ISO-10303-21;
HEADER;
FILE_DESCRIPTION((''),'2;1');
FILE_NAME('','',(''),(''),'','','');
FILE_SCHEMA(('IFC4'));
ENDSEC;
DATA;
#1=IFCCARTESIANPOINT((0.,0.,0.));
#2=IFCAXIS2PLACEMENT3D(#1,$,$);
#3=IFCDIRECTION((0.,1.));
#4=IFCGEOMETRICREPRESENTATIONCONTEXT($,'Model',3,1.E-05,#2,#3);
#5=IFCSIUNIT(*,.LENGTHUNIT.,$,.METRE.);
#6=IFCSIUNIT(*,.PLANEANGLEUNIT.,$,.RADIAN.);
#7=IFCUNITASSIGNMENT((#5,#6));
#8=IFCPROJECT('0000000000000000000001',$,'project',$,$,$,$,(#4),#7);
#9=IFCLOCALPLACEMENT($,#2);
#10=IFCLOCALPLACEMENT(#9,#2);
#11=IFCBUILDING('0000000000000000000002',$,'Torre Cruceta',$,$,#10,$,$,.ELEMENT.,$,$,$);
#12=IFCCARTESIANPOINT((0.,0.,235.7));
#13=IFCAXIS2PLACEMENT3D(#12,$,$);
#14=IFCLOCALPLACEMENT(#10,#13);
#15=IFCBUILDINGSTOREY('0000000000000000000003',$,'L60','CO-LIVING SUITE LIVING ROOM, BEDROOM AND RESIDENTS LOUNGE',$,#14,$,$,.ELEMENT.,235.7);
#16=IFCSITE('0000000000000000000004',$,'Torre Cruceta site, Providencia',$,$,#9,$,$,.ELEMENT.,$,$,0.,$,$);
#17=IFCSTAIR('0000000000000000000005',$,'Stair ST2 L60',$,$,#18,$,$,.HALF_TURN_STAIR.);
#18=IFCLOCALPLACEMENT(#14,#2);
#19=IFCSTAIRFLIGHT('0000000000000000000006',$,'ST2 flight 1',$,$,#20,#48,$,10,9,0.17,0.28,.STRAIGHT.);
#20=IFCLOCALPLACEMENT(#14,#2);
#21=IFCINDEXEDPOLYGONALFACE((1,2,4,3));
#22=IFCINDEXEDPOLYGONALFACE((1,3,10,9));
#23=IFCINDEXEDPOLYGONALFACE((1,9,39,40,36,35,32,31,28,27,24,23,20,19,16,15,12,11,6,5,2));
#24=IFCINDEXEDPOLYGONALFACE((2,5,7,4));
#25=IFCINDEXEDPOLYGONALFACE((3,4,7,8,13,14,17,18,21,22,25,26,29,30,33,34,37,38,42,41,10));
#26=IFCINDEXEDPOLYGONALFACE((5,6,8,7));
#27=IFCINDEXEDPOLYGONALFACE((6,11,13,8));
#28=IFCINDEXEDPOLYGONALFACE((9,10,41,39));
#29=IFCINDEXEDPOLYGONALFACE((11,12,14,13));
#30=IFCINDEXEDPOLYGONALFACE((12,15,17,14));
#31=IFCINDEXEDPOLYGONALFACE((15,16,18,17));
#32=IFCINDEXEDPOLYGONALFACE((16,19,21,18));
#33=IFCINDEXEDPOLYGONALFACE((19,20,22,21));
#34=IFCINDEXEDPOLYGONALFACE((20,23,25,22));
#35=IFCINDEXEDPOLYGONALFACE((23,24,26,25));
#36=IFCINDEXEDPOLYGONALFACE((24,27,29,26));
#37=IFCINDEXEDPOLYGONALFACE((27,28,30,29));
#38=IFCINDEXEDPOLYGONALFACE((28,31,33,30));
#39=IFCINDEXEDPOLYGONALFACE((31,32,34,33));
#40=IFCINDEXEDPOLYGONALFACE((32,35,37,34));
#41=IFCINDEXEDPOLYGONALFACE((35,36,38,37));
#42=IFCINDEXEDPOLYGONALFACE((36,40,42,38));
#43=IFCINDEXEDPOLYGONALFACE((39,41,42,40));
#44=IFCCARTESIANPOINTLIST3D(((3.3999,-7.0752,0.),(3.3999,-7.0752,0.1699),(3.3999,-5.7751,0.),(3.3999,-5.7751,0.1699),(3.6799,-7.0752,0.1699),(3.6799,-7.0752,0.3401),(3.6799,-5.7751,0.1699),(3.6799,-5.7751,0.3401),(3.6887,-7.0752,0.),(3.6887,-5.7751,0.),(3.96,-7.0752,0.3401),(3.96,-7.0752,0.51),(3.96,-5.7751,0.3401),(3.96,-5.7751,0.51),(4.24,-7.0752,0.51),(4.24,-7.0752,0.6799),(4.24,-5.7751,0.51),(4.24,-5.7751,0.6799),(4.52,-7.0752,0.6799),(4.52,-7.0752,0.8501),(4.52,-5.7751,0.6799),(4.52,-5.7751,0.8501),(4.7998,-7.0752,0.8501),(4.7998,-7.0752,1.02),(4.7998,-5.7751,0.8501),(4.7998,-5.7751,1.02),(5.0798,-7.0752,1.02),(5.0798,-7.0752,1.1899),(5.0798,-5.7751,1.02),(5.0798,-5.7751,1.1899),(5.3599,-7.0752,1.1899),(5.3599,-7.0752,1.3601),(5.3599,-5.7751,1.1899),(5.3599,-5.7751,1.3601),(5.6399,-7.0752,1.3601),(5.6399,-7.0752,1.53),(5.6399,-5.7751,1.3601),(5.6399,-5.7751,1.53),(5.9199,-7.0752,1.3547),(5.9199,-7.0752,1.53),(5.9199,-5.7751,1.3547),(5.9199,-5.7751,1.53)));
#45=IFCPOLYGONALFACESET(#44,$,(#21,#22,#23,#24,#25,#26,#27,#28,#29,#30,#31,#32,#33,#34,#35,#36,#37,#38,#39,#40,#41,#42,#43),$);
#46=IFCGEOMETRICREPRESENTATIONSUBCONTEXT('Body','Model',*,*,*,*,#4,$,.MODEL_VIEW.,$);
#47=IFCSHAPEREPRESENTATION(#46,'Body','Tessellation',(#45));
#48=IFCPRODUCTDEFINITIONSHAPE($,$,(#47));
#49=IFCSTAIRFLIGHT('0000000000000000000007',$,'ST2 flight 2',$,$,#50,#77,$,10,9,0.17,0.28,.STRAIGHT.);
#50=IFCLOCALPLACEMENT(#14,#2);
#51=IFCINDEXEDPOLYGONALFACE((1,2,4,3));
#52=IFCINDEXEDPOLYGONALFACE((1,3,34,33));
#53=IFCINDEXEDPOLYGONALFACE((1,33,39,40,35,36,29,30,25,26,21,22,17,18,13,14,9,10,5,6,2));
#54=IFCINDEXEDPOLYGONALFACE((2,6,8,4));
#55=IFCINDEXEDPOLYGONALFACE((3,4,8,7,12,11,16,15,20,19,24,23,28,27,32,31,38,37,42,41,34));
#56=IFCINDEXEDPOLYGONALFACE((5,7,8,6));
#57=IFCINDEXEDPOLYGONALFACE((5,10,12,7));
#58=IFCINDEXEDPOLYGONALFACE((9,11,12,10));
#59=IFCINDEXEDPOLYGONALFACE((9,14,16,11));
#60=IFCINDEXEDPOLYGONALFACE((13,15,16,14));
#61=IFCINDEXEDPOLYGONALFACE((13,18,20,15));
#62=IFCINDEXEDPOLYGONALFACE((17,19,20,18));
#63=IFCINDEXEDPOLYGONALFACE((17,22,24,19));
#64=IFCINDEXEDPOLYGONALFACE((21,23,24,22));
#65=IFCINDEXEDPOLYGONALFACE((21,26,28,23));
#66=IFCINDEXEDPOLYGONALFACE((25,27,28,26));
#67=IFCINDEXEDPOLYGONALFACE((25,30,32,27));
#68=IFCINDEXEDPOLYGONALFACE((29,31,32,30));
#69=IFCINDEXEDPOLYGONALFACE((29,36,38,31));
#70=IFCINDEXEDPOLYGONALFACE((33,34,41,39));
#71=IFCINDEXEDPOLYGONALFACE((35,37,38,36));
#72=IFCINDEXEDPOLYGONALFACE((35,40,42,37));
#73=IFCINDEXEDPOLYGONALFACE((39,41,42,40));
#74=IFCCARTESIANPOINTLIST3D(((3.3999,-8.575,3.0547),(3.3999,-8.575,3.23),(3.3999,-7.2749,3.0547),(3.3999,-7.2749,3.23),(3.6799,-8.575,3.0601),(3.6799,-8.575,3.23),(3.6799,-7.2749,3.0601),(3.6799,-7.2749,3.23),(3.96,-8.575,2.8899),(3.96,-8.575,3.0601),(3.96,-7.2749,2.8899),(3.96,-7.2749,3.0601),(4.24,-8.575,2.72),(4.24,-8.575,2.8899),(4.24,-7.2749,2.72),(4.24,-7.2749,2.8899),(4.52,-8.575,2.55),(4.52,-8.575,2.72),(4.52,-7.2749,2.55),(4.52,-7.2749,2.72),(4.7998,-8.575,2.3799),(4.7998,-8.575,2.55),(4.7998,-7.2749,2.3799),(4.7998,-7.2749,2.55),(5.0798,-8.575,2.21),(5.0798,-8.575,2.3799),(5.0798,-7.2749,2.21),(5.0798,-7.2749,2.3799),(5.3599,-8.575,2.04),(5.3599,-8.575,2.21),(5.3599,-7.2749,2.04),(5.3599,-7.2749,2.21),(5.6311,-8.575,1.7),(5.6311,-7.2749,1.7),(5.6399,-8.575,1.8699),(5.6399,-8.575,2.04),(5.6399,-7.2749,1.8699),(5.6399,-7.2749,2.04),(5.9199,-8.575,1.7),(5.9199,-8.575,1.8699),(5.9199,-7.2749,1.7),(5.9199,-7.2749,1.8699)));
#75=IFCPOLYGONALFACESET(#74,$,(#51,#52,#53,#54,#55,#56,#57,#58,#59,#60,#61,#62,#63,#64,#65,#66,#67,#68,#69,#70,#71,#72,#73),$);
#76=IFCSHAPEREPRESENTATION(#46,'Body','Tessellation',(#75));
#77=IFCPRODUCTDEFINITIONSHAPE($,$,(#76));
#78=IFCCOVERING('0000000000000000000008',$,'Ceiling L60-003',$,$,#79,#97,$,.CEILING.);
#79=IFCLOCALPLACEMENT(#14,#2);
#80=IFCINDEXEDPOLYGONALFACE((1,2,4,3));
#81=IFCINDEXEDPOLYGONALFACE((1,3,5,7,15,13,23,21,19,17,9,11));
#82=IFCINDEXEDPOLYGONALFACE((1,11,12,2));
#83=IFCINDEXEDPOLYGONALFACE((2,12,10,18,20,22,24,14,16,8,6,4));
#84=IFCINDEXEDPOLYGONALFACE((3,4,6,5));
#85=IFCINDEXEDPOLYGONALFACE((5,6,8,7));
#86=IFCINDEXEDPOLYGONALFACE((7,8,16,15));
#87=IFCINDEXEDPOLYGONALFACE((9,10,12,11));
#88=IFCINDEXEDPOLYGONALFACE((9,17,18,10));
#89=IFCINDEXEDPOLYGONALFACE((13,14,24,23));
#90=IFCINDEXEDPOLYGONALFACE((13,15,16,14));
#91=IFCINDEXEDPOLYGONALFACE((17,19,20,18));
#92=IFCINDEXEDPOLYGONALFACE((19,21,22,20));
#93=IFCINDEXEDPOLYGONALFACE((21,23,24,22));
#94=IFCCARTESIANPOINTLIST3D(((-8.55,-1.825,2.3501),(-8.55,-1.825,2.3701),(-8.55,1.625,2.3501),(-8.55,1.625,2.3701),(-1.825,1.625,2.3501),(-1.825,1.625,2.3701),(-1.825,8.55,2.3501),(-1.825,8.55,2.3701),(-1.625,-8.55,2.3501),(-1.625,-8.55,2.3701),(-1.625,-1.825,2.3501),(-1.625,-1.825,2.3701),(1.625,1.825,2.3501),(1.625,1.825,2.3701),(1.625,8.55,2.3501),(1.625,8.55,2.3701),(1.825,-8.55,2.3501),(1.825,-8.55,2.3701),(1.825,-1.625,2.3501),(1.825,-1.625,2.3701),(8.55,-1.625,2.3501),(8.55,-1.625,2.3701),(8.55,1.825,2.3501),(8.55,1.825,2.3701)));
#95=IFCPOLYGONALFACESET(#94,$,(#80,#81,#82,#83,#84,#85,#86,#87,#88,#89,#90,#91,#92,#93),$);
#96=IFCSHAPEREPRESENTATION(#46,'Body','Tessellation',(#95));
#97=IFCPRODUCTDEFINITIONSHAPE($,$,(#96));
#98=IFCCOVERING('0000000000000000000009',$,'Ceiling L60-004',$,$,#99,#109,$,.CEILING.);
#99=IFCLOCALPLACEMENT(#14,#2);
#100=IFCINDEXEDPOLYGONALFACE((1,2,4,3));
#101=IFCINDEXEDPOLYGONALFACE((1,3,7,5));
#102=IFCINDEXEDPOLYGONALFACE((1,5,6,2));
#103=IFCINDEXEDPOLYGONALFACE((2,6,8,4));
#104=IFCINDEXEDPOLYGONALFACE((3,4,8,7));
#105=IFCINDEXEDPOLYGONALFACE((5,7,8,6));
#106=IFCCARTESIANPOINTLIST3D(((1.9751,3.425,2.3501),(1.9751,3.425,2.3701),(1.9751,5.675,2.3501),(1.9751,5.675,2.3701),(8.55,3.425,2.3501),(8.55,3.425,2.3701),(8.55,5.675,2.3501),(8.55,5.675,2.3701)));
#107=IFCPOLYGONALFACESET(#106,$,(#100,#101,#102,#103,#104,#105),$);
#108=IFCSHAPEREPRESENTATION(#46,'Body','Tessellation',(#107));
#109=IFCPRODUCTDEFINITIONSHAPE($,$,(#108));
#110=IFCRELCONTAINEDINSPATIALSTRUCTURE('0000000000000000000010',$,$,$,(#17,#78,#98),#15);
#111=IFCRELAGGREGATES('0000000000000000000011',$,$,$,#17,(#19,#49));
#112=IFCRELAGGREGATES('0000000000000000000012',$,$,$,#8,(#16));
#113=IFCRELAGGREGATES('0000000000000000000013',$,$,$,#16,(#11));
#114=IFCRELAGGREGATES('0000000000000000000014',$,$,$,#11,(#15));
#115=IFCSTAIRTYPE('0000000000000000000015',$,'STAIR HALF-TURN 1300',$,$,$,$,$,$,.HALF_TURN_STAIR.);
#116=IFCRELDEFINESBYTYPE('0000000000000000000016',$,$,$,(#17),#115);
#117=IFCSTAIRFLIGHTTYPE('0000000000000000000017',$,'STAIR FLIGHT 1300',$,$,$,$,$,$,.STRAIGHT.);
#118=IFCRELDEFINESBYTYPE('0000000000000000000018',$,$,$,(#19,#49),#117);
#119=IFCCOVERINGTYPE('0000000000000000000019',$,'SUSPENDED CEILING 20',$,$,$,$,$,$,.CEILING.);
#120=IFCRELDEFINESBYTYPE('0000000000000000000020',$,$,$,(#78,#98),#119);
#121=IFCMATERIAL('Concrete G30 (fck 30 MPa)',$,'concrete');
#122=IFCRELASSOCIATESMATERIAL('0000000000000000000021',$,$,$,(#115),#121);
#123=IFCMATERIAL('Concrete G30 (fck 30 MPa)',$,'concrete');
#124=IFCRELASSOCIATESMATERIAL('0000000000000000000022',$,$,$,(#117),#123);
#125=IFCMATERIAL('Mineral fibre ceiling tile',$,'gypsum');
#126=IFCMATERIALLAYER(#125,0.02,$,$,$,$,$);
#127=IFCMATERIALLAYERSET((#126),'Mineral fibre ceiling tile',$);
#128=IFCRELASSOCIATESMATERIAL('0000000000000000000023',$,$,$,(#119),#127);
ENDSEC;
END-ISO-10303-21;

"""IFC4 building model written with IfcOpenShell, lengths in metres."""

from ifc_helpers import new_model, si_unit, direction, frame, origin, place, context, subcontext, project, spatial, polyline, outline, extrude, material, layer, layer_set, type_object, element, aggregate, save


model = new_model("IFC4")

# Units and contexts
model_context = context("Model", 3, precision=1e-05, world=origin(), true_north=direction((0.0, 1.0)))
body_context = subcontext(model_context, "Body", "Model", "MODEL_VIEW")
ifc_project = project(units=[si_unit("LENGTHUNIT", "METRE"), si_unit("PLANEANGLEUNIT", "RADIAN")], contexts=[model_context])

# Site, building, storey
site_placement = place(None, origin())
site = spatial("IfcSite", under=ifc_project, at=site_placement, Name="Torre Cruceta site, Providencia", CompositionType="ELEMENT", RefElevation=0.0)
building_placement = place(site_placement, origin())
building = spatial("IfcBuilding", under=site, at=building_placement, Name="Torre Cruceta", CompositionType="ELEMENT")
storey_placement = place(building_placement, frame((0.0, 0.0, 235.7)))
storey = spatial("IfcBuildingStorey", under=building, at=storey_placement, Name="L60", Description="CO-LIVING SUITE LIVING ROOM, BEDROOM AND RESIDENTS LOUNGE", CompositionType="ELEMENT", Elevation=235.7)

# Stair
ifc_material_1 = material(Name="Concrete G30 (fck 30 MPa)", Category="concrete")
stair_type = type_object("IfcStairType", Name="STAIR HALF-TURN 1300", PredefinedType="HALF_TURN_STAIR", material=ifc_material_1)
stair_1_placement = place(storey_placement, origin())
stair_1 = element("IfcStair", 1, at=stair_1_placement, inside=storey, type_object=stair_type, Name="Stair ST2 L60", PredefinedType="HALF_TURN_STAIR")

# Stair flights
ifc_material_2 = material(Name="Concrete G30 (fck 30 MPa)", Category="concrete")
stair_flight_type = type_object("IfcStairFlightType", Name="STAIR FLIGHT 1300", PredefinedType="STRAIGHT", material=ifc_material_2)
stair_flight_1_placement = place(storey_placement, frame((3.3999, -6.425, 0.0), z_axis=(0.0, 0.0, 1.0), x_axis=(1.0, 0.0, 0.0)))
stair_flight_1 = element("IfcStairFlight", 2, at=stair_flight_1_placement, type_object=stair_flight_type, Name="ST2 flight 1", NumberOfRisers=10, NumberOfTreads=9, PredefinedType="STRAIGHT", RiserHeight=0.17, TreadLength=0.28, context=body_context, shape_type="SweptSolid", body=[
    extrude(outline(polyline([(0.0, 0.0), (0.0, 0.1699), (0.28, 0.1699), (0.28, 0.3401), (0.5601, 0.3401), (0.5601, 0.51), (0.8401, 0.51), (0.8401, 0.6799), (1.1201, 0.6799), (1.1201, 0.8501), (1.3999, 0.8501), (1.3999, 1.02), (1.6799, 1.02), (1.6799, 1.1899), (1.96, 1.1899), (1.96, 1.3601), (2.24, 1.3601), (2.24, 1.53), (2.52, 1.53), (2.52, 1.7), (2.52, 1.3547), (0.2888, 0.0), (0.0, 0.0)])), frame((0.0, 0.6499, 0.0), z_axis=(0.0, -1.0, 0.0), x_axis=(1.0, 0.0, 0.0)), (0.0, 0.0, 1.0), 1.3),
])
stair_flight_2_placement = place(storey_placement, frame((5.9199, -7.925, 1.7), z_axis=(0.0, 0.0, 1.0), x_axis=(-1.0, 0.0, 0.0)))
stair_flight_2 = element("IfcStairFlight", 3, at=stair_flight_2_placement, type_object=stair_flight_type, Name="ST2 flight 2", NumberOfRisers=10, NumberOfTreads=9, PredefinedType="STRAIGHT", RiserHeight=0.17, TreadLength=0.28, context=body_context, shape_type="SweptSolid", body=[
    extrude(outline(polyline([(0.0, 0.0), (0.0, 0.1699), (0.28, 0.1699), (0.28, 0.3401), (0.5601, 0.3401), (0.5601, 0.51), (0.8401, 0.51), (0.8401, 0.6799), (1.1201, 0.6799), (1.1201, 0.8501), (1.3999, 0.8501), (1.3999, 1.02), (1.6799, 1.02), (1.6799, 1.1899), (1.96, 1.1899), (1.96, 1.3601), (2.24, 1.3601), (2.24, 1.53), (2.52, 1.53), (2.52, 1.7), (2.52, 1.3547), (0.2888, 0.0), (0.0, 0.0)])), frame((0.0, 0.6499, 0.0), z_axis=(0.0, -1.0, 0.0), x_axis=(1.0, 0.0, 0.0)), (0.0, 0.0, 1.0), 1.3),
])
aggregate(stair_1, [stair_flight_1, stair_flight_2])

# Coverings
ifc_material_3 = material(Name="Mineral fibre ceiling tile", Category="gypsum")
ifc_layer_1 = layer(ifc_material_3, 0.02)
ifc_layer_set_1 = layer_set([ifc_layer_1], Name="Mineral fibre ceiling tile")
covering_type = type_object("IfcCoveringType", Name="SUSPENDED CEILING 20", PredefinedType="CEILING", material=ifc_layer_set_1)
covering_1_placement = place(storey_placement, frame((0.0, 0.0, 2.3501)))
element("IfcCovering", 4, at=covering_1_placement, inside=storey, type_object=covering_type, Name="Ceiling L60-003", PredefinedType="CEILING", context=body_context, shape_type="SweptSolid", body=[
    extrude(outline(polyline([(-1.625, -8.55), (-1.625, -1.825), (-8.55, -1.825), (-8.55, 1.625), (-1.825, 1.625), (-1.825, 8.55), (1.625, 8.55), (1.625, 1.825), (8.55, 1.825), (8.55, -1.625), (1.825, -1.625), (1.825, -8.55), (-1.625, -8.55)])), origin(), (0.0, 0.0, 1.0), 0.02),
])
covering_2_placement = place(storey_placement, frame((0.0, 0.0, 2.3501)))
element("IfcCovering", 5, at=covering_2_placement, inside=storey, type_object=covering_type, Name="Ceiling L60-004", PredefinedType="CEILING", context=body_context, shape_type="SweptSolid", body=[
    extrude(outline(polyline([(1.9751, 3.425), (1.9751, 5.675), (8.55, 5.675), (8.55, 3.425), (1.9751, 3.425)])), origin(), (0.0, 0.0, 1.0), 0.02),
])

save(model, "model.ifc")
